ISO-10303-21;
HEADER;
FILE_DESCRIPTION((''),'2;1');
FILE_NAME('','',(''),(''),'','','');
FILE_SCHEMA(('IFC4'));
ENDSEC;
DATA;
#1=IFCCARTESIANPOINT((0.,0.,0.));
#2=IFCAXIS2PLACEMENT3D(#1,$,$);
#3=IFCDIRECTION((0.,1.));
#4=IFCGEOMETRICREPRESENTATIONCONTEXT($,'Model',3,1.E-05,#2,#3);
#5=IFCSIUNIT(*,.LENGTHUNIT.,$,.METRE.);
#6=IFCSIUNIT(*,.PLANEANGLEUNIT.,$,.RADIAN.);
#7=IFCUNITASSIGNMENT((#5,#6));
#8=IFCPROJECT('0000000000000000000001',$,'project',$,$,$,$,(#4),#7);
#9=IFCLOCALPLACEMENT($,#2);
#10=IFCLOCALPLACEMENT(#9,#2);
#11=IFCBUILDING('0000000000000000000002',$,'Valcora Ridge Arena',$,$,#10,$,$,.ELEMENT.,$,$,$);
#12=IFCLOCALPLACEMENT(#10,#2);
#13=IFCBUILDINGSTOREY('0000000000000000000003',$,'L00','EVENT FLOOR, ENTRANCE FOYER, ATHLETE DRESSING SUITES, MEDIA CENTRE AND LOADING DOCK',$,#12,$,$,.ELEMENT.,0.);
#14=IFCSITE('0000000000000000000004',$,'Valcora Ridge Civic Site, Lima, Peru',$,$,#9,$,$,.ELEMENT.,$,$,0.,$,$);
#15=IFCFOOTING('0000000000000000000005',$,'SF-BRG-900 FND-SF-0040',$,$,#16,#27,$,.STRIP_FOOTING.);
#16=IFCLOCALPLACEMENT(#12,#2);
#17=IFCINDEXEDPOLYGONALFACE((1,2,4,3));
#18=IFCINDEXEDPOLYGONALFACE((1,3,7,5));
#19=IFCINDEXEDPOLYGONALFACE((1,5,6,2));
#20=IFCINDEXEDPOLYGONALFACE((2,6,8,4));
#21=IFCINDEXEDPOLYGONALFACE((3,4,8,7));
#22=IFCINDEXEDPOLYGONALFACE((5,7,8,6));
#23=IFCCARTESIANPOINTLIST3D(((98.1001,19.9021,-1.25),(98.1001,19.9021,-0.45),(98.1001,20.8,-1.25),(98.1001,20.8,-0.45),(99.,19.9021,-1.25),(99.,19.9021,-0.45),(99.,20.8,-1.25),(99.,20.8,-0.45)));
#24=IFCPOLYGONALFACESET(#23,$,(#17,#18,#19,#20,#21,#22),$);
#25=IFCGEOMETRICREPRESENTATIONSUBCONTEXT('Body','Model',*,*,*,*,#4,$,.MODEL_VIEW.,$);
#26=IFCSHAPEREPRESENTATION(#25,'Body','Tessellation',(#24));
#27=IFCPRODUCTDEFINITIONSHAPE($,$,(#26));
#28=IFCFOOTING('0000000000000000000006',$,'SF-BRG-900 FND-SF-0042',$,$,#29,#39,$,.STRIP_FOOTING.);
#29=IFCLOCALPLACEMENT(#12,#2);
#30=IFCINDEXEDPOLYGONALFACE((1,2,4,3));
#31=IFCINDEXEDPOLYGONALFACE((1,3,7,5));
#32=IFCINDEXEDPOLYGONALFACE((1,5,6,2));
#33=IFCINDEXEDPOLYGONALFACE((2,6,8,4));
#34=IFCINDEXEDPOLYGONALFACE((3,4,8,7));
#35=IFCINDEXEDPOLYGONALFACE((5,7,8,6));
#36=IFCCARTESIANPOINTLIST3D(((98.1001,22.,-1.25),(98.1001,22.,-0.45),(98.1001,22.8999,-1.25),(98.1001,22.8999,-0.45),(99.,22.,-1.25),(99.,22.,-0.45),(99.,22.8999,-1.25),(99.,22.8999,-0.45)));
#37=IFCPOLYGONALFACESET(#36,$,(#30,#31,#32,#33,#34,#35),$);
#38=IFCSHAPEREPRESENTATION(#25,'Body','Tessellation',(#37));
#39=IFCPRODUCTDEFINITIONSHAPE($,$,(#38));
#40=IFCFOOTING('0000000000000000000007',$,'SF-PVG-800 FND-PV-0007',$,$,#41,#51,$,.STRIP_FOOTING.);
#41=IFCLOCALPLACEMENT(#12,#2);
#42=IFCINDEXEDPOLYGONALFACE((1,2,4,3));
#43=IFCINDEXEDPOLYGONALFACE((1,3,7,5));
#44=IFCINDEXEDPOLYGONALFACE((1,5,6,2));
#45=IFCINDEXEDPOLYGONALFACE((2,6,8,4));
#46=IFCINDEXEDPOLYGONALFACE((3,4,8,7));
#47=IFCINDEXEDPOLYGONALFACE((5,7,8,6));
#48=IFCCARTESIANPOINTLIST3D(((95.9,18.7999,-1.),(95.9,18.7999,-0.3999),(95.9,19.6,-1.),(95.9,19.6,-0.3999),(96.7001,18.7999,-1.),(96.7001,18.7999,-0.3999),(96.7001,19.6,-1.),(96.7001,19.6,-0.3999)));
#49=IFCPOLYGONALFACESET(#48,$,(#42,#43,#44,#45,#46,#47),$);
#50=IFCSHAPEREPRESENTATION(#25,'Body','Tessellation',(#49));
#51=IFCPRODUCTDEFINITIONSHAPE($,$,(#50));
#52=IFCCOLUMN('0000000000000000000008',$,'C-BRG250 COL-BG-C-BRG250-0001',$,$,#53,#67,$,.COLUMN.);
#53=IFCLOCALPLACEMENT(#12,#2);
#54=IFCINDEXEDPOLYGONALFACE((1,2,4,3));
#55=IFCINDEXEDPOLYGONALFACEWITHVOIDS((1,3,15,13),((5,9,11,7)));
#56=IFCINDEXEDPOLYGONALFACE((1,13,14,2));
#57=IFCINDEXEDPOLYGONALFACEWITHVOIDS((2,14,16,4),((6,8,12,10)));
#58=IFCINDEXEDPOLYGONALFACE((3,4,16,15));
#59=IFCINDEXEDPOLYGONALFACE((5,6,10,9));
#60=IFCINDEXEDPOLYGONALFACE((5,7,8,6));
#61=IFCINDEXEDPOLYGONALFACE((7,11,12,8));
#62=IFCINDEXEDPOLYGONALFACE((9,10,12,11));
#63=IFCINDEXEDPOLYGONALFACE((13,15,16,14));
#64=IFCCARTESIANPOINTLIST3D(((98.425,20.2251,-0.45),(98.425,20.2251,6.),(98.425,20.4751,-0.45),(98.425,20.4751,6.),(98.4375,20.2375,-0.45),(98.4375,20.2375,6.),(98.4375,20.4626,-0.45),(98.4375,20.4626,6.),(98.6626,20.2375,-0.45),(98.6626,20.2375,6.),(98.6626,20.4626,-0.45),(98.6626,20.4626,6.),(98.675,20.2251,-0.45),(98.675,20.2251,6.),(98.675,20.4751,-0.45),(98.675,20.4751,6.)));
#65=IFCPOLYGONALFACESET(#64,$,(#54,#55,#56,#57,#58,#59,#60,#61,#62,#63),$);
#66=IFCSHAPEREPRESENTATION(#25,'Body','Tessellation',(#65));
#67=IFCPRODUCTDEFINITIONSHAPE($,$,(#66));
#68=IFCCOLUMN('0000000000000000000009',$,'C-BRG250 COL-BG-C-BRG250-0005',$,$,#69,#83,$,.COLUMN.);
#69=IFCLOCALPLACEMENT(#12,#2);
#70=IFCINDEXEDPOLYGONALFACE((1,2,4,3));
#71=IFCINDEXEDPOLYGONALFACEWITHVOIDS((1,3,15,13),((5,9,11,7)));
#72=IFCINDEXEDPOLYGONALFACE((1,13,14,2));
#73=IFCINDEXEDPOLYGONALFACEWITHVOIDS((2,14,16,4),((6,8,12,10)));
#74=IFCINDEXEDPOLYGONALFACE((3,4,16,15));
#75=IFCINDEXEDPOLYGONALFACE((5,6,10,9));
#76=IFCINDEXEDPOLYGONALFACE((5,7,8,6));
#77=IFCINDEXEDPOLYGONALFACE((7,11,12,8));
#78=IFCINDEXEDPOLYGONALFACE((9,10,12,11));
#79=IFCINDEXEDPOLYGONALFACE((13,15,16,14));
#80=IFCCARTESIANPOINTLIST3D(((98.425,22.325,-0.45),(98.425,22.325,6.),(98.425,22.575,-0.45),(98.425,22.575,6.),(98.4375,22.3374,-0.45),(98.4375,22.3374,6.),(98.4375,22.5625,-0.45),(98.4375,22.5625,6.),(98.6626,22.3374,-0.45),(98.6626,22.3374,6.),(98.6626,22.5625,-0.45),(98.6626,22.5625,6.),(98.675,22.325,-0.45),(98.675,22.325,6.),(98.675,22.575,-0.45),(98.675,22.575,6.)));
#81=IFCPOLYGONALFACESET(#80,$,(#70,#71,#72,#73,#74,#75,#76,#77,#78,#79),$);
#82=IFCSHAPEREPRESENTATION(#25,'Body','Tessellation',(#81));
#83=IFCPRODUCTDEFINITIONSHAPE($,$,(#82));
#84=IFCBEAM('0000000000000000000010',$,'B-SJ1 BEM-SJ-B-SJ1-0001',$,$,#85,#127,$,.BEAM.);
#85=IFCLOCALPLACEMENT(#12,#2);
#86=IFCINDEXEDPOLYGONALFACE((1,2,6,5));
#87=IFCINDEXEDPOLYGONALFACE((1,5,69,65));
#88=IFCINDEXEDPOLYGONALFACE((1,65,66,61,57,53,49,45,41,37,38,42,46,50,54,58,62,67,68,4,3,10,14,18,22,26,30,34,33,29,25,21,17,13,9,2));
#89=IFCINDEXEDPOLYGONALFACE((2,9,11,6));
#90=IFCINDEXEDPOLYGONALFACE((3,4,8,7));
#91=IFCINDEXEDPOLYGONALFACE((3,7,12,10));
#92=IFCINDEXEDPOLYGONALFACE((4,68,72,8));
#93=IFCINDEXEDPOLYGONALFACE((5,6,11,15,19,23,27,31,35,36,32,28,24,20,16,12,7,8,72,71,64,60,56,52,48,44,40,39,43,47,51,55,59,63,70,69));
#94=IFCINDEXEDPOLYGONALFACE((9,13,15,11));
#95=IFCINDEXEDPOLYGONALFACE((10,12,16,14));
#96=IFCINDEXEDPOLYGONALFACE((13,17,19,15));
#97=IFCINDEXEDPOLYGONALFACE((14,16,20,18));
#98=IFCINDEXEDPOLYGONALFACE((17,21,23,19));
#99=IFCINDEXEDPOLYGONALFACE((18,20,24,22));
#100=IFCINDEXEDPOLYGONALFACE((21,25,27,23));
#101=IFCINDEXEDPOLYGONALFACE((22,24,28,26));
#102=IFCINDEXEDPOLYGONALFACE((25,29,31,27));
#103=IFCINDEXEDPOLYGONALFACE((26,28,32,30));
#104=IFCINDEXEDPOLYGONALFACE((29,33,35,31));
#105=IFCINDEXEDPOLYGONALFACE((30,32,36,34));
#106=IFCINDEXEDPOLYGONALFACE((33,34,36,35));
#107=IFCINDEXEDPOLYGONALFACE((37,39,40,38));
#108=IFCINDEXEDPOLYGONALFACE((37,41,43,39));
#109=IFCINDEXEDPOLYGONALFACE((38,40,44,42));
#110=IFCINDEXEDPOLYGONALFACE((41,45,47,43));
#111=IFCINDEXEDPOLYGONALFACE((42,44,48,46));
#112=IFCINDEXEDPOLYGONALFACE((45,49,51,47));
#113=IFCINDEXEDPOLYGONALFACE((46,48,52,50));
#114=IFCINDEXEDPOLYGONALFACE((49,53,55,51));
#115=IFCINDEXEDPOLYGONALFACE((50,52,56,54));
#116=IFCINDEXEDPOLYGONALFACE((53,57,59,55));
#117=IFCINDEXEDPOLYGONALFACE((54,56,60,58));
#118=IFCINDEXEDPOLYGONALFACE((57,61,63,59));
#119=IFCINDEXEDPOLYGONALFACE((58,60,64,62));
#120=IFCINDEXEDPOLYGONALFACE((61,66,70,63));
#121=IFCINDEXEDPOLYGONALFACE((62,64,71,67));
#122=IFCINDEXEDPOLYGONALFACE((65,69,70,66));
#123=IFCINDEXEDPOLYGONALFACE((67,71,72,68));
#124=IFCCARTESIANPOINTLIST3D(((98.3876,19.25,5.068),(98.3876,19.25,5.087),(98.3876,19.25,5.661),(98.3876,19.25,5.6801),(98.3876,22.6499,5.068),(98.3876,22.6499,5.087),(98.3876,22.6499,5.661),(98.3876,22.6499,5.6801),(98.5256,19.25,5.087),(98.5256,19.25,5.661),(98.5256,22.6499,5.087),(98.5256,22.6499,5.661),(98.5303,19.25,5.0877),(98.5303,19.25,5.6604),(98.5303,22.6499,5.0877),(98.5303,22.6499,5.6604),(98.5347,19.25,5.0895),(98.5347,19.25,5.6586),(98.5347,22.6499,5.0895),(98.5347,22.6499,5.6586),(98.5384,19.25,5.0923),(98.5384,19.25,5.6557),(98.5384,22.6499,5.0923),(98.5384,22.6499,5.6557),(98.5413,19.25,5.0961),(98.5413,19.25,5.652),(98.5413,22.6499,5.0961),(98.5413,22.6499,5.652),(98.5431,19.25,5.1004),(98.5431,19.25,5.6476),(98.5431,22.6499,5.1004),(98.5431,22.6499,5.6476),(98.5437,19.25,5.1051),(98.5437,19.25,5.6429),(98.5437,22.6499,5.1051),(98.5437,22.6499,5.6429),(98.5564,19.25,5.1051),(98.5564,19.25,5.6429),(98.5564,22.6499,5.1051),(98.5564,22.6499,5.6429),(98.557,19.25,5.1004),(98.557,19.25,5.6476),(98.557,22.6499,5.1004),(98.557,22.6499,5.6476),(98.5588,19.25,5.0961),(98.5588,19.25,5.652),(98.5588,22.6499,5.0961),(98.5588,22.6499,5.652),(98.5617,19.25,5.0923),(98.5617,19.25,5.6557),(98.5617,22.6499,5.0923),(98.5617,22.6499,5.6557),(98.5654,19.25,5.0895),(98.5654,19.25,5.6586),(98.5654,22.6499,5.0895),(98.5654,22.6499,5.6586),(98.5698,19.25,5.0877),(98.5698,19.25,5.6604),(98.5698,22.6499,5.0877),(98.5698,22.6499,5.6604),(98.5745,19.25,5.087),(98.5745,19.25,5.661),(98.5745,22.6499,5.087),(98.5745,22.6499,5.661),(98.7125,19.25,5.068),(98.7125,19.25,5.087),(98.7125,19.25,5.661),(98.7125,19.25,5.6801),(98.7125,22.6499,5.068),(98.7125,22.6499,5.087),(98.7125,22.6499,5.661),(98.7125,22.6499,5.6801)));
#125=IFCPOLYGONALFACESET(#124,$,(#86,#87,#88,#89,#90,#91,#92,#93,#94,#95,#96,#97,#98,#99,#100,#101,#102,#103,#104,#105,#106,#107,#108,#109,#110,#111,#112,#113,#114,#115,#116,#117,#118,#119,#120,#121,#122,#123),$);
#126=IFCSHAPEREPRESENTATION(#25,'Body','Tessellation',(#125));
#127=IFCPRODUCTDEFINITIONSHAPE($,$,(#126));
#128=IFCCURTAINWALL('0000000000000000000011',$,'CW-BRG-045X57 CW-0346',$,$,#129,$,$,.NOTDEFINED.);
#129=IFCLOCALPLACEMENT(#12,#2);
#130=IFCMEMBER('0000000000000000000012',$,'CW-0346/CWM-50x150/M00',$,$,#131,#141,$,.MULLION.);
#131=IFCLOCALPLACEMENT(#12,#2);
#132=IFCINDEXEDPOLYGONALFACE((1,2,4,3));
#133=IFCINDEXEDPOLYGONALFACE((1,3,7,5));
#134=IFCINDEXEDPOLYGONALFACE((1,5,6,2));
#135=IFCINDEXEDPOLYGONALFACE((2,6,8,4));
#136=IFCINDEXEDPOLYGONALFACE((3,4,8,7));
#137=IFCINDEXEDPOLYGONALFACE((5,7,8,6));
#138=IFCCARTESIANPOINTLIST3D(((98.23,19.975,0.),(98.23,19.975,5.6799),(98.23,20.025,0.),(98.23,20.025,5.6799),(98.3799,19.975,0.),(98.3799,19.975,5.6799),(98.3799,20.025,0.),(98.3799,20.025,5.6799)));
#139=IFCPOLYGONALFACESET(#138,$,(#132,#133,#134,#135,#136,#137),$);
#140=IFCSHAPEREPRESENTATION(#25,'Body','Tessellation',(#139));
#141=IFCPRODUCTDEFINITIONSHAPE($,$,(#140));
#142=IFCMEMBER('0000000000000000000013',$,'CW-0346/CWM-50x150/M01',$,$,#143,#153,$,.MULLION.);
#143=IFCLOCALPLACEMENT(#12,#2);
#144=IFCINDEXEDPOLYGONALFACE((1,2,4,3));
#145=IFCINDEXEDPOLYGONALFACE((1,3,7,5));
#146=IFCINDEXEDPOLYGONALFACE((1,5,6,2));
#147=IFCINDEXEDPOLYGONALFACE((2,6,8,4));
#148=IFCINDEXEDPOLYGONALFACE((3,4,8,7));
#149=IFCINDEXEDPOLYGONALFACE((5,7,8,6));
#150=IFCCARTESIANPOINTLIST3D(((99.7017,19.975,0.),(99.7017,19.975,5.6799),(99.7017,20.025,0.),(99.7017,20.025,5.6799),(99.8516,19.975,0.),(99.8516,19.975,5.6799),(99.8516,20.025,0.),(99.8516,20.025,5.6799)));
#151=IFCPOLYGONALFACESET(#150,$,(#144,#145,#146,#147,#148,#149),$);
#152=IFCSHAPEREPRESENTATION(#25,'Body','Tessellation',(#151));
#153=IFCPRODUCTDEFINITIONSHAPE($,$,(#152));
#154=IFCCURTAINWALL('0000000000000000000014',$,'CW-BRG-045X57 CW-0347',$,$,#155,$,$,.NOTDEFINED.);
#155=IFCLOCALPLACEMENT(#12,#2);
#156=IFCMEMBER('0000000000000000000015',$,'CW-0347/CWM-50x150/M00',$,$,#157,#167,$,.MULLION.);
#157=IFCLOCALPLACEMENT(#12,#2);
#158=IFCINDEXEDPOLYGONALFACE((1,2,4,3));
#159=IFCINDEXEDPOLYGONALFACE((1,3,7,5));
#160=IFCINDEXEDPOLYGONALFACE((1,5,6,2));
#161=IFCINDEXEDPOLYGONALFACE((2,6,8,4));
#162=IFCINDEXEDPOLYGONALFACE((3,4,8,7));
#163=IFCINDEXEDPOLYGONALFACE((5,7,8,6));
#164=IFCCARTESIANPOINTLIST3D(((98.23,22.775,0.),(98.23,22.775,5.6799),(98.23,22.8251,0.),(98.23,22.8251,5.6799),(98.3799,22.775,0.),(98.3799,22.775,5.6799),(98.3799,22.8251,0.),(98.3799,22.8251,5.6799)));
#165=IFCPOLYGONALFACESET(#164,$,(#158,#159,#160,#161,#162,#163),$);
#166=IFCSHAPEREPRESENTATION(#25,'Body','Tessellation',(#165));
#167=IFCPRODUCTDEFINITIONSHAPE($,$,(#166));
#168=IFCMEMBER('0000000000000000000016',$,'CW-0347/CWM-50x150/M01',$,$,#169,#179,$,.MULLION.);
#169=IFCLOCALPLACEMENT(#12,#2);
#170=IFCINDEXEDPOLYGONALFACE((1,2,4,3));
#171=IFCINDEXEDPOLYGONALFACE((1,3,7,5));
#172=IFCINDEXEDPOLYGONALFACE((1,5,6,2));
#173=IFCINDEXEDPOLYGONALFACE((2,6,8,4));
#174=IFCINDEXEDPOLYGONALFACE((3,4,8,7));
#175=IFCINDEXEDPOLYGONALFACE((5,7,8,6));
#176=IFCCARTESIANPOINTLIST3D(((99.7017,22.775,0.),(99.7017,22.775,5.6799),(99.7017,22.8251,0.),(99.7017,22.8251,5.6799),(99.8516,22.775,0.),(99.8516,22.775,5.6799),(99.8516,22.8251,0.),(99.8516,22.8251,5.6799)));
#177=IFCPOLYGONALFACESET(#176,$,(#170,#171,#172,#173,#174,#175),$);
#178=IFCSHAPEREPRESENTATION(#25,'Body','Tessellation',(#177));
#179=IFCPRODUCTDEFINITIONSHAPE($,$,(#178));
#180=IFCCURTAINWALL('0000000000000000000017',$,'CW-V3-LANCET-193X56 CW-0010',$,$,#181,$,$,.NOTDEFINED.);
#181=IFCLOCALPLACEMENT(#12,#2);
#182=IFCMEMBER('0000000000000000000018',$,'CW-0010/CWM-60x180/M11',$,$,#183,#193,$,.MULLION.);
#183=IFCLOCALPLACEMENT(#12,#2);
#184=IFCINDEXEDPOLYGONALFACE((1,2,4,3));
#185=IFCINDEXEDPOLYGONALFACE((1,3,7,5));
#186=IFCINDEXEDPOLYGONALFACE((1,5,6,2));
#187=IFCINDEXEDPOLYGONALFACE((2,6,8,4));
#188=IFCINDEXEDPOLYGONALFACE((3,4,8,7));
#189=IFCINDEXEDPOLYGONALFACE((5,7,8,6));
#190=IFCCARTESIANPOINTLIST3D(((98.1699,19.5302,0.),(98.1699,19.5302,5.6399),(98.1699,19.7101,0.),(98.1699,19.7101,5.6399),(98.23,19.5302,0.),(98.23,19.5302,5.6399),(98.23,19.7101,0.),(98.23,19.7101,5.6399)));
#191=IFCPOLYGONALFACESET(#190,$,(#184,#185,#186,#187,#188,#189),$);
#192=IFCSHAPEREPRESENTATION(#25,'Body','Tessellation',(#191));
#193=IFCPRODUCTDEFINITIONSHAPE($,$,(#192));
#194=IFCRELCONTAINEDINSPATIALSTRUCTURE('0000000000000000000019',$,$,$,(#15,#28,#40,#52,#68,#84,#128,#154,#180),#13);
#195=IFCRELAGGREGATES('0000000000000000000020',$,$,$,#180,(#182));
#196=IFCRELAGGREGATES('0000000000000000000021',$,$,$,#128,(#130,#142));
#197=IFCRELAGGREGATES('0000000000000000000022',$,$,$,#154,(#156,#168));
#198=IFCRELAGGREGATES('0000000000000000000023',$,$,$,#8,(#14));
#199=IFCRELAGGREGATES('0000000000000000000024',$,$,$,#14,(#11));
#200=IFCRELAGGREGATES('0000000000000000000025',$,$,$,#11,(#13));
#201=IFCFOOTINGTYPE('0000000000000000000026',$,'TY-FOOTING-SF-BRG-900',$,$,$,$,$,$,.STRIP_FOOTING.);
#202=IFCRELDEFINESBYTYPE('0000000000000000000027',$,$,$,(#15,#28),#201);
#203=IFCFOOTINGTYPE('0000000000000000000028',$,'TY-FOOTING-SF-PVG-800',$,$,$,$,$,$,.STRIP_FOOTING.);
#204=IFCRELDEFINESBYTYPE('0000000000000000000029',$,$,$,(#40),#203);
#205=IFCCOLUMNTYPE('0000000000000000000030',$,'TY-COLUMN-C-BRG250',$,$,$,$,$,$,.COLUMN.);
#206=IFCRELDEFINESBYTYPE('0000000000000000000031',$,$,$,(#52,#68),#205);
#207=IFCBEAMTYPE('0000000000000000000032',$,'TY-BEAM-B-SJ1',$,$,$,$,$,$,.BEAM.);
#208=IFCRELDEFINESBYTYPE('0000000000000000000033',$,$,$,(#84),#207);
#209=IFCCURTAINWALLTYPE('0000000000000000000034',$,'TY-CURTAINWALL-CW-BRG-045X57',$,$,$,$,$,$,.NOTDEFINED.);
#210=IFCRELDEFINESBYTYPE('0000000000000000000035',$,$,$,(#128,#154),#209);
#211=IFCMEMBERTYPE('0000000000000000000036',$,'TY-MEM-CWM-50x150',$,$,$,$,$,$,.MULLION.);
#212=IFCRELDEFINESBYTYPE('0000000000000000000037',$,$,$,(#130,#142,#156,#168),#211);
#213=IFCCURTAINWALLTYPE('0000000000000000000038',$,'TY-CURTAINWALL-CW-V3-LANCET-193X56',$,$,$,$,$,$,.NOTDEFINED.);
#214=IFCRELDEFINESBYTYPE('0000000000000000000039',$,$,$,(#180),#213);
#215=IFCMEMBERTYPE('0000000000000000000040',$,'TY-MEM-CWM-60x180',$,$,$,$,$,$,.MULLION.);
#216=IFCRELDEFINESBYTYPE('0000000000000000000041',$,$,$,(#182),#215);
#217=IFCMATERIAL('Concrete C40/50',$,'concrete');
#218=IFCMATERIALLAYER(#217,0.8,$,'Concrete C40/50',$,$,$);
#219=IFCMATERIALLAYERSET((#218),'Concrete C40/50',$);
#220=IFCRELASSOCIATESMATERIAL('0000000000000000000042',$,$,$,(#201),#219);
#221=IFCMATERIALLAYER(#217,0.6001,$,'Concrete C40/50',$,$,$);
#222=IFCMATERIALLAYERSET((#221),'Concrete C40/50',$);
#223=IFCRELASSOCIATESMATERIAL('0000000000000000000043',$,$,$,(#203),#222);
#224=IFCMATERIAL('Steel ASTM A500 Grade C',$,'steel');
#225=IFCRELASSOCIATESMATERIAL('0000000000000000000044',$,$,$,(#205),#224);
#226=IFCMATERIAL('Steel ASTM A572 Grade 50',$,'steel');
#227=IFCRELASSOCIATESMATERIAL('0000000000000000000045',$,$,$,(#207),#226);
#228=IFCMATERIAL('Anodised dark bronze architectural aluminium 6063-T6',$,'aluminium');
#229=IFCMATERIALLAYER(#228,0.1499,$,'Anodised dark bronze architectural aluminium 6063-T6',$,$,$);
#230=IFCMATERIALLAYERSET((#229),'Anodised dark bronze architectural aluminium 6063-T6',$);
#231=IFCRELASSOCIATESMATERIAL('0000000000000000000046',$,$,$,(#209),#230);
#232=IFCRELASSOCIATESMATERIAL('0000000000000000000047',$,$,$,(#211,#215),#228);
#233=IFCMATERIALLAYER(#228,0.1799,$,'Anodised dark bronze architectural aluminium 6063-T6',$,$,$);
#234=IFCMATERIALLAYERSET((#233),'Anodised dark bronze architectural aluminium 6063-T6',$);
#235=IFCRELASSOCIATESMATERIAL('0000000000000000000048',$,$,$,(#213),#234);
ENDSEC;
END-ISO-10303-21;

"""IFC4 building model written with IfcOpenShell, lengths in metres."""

from ifc_helpers import new_model, si_unit, direction, frame, origin, origin_2d, place, context, subcontext, project, spatial, rectangle, hollow_rectangle, i_section, extrude, material, layer, layer_set, material_profile, profile_set, type_object, element, aggregate, save


model = new_model("IFC4")

# Units and contexts
model_context = context("Model", 3, precision=1e-05, world=origin(), true_north=direction((0.0, 1.0)))
body_context = subcontext(model_context, "Body", "Model", "MODEL_VIEW")
ifc_project = project(units=[si_unit("LENGTHUNIT", "METRE"), si_unit("PLANEANGLEUNIT", "RADIAN")], contexts=[model_context])

# Site, building, storey
site_placement = place(None, origin())
site = spatial("IfcSite", under=ifc_project, at=site_placement, Name="Valcora Ridge Civic Site, Lima, Peru", CompositionType="ELEMENT", RefElevation=0.0)
building_placement = place(site_placement, origin())
building = spatial("IfcBuilding", under=site, at=building_placement, Name="Valcora Ridge Arena", CompositionType="ELEMENT")
storey_placement = place(building_placement, origin())
storey = spatial("IfcBuildingStorey", under=building, at=storey_placement, Name="L00", Description="EVENT FLOOR, ENTRANCE FOYER, ATHLETE DRESSING SUITES, MEDIA CENTRE AND LOADING DOCK", CompositionType="ELEMENT", Elevation=0.0)

# Footings
ifc_material_1 = material(Name="Concrete C40/50", Category="concrete")
ifc_layer_1 = layer(ifc_material_1, 0.8, Name="Concrete C40/50")
ifc_layer_set_1 = layer_set([ifc_layer_1], Name="Concrete C40/50")
footing_type_1 = type_object("IfcFootingType", Name="TY-FOOTING-SF-BRG-900", PredefinedType="STRIP_FOOTING", material=ifc_layer_set_1)
footing_1_placement = place(storey_placement, frame((98.55, 20.3511, -1.25), z_axis=(0.0, 0.0, 1.0), x_axis=(1.0, 0.0, 0.0)))
element("IfcFooting", 1, at=footing_1_placement, inside=storey, type_object=footing_type_1, Name="SF-BRG-900 FND-SF-0040", PredefinedType="STRIP_FOOTING", context=body_context, shape_type="SweptSolid", body=[
    extrude(rectangle(XDim=0.8999, YDim=0.8979, at=origin_2d()), origin(), (0.0, 0.0, 1.0), 0.8),
])
footing_2_placement = place(storey_placement, frame((98.55, 22.45, -1.25), z_axis=(0.0, 0.0, 1.0), x_axis=(1.0, 0.0, 0.0)))
element("IfcFooting", 2, at=footing_2_placement, inside=storey, type_object=footing_type_1, Name="SF-BRG-900 FND-SF-0042", PredefinedType="STRIP_FOOTING", context=body_context, shape_type="SweptSolid", body=[
    extrude(rectangle(XDim=0.8999, YDim=0.8999, at=origin_2d()), origin(), (0.0, 0.0, 1.0), 0.8),
])
ifc_layer_2 = layer(ifc_material_1, 0.6001, Name="Concrete C40/50")
ifc_layer_set_2 = layer_set([ifc_layer_2], Name="Concrete C40/50")
footing_type_2 = type_object("IfcFootingType", Name="TY-FOOTING-SF-PVG-800", PredefinedType="STRIP_FOOTING", material=ifc_layer_set_2)
footing_3_placement = place(storey_placement, frame((96.3, 19.2, -1.0), z_axis=(0.0, 0.0, 1.0), x_axis=(1.0, 0.0, 0.0)))
element("IfcFooting", 3, at=footing_3_placement, inside=storey, type_object=footing_type_2, Name="SF-PVG-800 FND-PV-0007", PredefinedType="STRIP_FOOTING", context=body_context, shape_type="SweptSolid", body=[
    extrude(rectangle(XDim=0.8, YDim=0.8, at=origin_2d()), origin(), (0.0, 0.0, 1.0), 0.6001),
])

# Columns
ifc_material_2 = material(Name="Steel ASTM A500 Grade C", Category="steel")
ifc_material_profile_1 = material_profile(ifc_material_2, hollow_rectangle(XDim=0.25, YDim=0.25, WallThickness=0.0125, at=origin_2d()), Name="HSS250X250X12")
ifc_profile_set_1 = profile_set([ifc_material_profile_1], Name="Steel ASTM A500 Grade C")
column_type = type_object("IfcColumnType", Name="TY-COLUMN-C-BRG250", PredefinedType="COLUMN", material=ifc_profile_set_1)
for number, where, z_axis, x_axis, name in (
    (4, (98.55, 20.3501, -0.45), (0.0, 0.0, 1.0), (1.0, 0.0, 0.0), "C-BRG250 COL-BG-C-BRG250-0001"),
    (5, (98.55, 22.45, -0.45), (0.0, 0.0, 1.0), (1.0, 0.0, 0.0), "C-BRG250 COL-BG-C-BRG250-0005"),
):
    element("IfcColumn", number, at=place(storey_placement, frame(where, z_axis=z_axis, x_axis=x_axis)), inside=storey, type_object=column_type, Name=name, PredefinedType="COLUMN", context=body_context, shape_type="SweptSolid", body=[
        extrude(hollow_rectangle(XDim=0.25, YDim=0.25, WallThickness=0.0125, at=origin_2d()), origin(), (0.0, 0.0, 1.0), 6.45),
    ])

# Beam
ifc_material_3 = material(Name="Steel ASTM A572 Grade 50", Category="steel")
ifc_material_profile_2 = material_profile(ifc_material_3, i_section(OverallWidth=0.325, OverallDepth=0.6121, WebThickness=0.0127, FlangeThickness=0.019, FilletRadius=0.0181, at=origin_2d()), Name="W24X104")
ifc_profile_set_2 = profile_set([ifc_material_profile_2], Name="Steel ASTM A572 Grade 50")
beam_type = type_object("IfcBeamType", Name="TY-BEAM-B-SJ1", PredefinedType="BEAM", material=ifc_profile_set_2)
beam_placement = place(storey_placement, frame((98.55, 19.25, 5.374), z_axis=(0.0, 1.0, 0.0), x_axis=(-1.0, 0.0, 0.0)))
element("IfcBeam", 6, at=beam_placement, inside=storey, type_object=beam_type, Name="B-SJ1 BEM-SJ-B-SJ1-0001", PredefinedType="BEAM", context=body_context, shape_type="SweptSolid", body=[
    extrude(i_section(OverallWidth=0.325, OverallDepth=0.6121, WebThickness=0.0127, FlangeThickness=0.019, FilletRadius=0.0181, at=origin_2d()), origin(), (0.0, 0.0, 1.0), 3.3999),
])

# Curtain walls, members
ifc_material_4 = material(Name="Anodised dark bronze architectural aluminium 6063-T6", Category="aluminium")
ifc_layer_3 = layer(ifc_material_4, 0.1499, Name="Anodised dark bronze architectural aluminium 6063-T6")
ifc_layer_set_3 = layer_set([ifc_layer_3], Name="Anodised dark bronze architectural aluminium 6063-T6")
curtain_wall_type_1 = type_object("IfcCurtainWallType", Name="TY-CURTAINWALL-CW-BRG-045X57", PredefinedType="NOTDEFINED", material=ifc_layer_set_3)
curtain_wall_1_placement = place(storey_placement, origin())
curtain_wall_1 = element("IfcCurtainWall", 7, at=curtain_wall_1_placement, inside=storey, type_object=curtain_wall_type_1, Name="CW-BRG-045X57 CW-0346", PredefinedType="NOTDEFINED")
ifc_material_profile_3 = material_profile(ifc_material_4, rectangle(XDim=0.05, YDim=0.1499, at=origin_2d()), Name="ALU MULLION 50x150")
ifc_profile_set_3 = profile_set([ifc_material_profile_3], Name="Anodised dark bronze architectural aluminium 6063-T6")
member_type_1 = type_object("IfcMemberType", Name="TY-MEM-CWM-50x150", PredefinedType="MULLION", material=ifc_profile_set_3)
member_1_placement = place(storey_placement, frame((98.3049, 20.0, 0.0), z_axis=(0.0, 0.0, 1.0), x_axis=(0.0, 1.0, 0.0)))
member_1 = element("IfcMember", 8, at=member_1_placement, type_object=member_type_1, Name="CW-0346/CWM-50x150/M00", PredefinedType="MULLION", context=body_context, shape_type="SweptSolid", body=[
    extrude(rectangle(XDim=0.05, YDim=0.1499, at=origin_2d()), origin(), (0.0, 0.0, 1.0), 5.6799),
])
member_2_placement = place(storey_placement, frame((99.7766, 20.0, 0.0), z_axis=(0.0, 0.0, 1.0), x_axis=(0.0, 1.0, 0.0)))
member_2 = element("IfcMember", 9, at=member_2_placement, type_object=member_type_1, Name="CW-0346/CWM-50x150/M01", PredefinedType="MULLION", context=body_context, shape_type="SweptSolid", body=[
    extrude(rectangle(XDim=0.05, YDim=0.1499, at=origin_2d()), origin(), (0.0, 0.0, 1.0), 5.6799),
])
curtain_wall_2_placement = place(storey_placement, origin())
curtain_wall_2 = element("IfcCurtainWall", 10, at=curtain_wall_2_placement, inside=storey, type_object=curtain_wall_type_1, Name="CW-BRG-045X57 CW-0347", PredefinedType="NOTDEFINED")
member_3_placement = place(storey_placement, frame((98.3049, 22.8, 0.0), z_axis=(0.0, 0.0, 1.0), x_axis=(0.0, 1.0, 0.0)))
member_3 = element("IfcMember", 11, at=member_3_placement, type_object=member_type_1, Name="CW-0347/CWM-50x150/M00", PredefinedType="MULLION", context=body_context, shape_type="SweptSolid", body=[
    extrude(rectangle(XDim=0.05, YDim=0.1499, at=origin_2d()), origin(), (0.0, 0.0, 1.0), 5.6799),
])
member_4_placement = place(storey_placement, frame((99.7766, 22.8, 0.0), z_axis=(0.0, 0.0, 1.0), x_axis=(0.0, 1.0, 0.0)))
member_4 = element("IfcMember", 12, at=member_4_placement, type_object=member_type_1, Name="CW-0347/CWM-50x150/M01", PredefinedType="MULLION", context=body_context, shape_type="SweptSolid", body=[
    extrude(rectangle(XDim=0.05, YDim=0.1499, at=origin_2d()), origin(), (0.0, 0.0, 1.0), 5.6799),
])

# Curtain wall, member
ifc_layer_4 = layer(ifc_material_4, 0.1799, Name="Anodised dark bronze architectural aluminium 6063-T6")
ifc_layer_set_4 = layer_set([ifc_layer_4], Name="Anodised dark bronze architectural aluminium 6063-T6")
curtain_wall_type_2 = type_object("IfcCurtainWallType", Name="TY-CURTAINWALL-CW-V3-LANCET-193X56", PredefinedType="NOTDEFINED", material=ifc_layer_set_4)
curtain_wall_3_placement = place(storey_placement, origin())
curtain_wall_3 = element("IfcCurtainWall", 13, at=curtain_wall_3_placement, inside=storey, type_object=curtain_wall_type_2, Name="CW-V3-LANCET-193X56 CW-0010", PredefinedType="NOTDEFINED")
ifc_material_profile_4 = material_profile(ifc_material_4, rectangle(XDim=0.0601, YDim=0.1799, at=origin_2d()), Name="ALU MULLION 60x180")
ifc_profile_set_4 = profile_set([ifc_material_profile_4], Name="Anodised dark bronze architectural aluminium 6063-T6")
member_type_2 = type_object("IfcMemberType", Name="TY-MEM-CWM-60x180", PredefinedType="MULLION", material=ifc_profile_set_4)
member_5_placement = place(storey_placement, frame((98.2, 19.6201, 0.0), z_axis=(0.0, 0.0, 1.0), x_axis=(-1.0, 0.0, 0.0)))
member_5 = element("IfcMember", 14, at=member_5_placement, type_object=member_type_2, Name="CW-0010/CWM-60x180/M11", PredefinedType="MULLION", context=body_context, shape_type="SweptSolid", body=[
    extrude(rectangle(XDim=0.0601, YDim=0.1799, at=origin_2d()), origin(), (0.0, 0.0, 1.0), 5.6399),
])
aggregate(curtain_wall_3, [member_5])

aggregate(curtain_wall_1, [member_1, member_2])
aggregate(curtain_wall_2, [member_3, member_4])

save(model, "model.ifc")
